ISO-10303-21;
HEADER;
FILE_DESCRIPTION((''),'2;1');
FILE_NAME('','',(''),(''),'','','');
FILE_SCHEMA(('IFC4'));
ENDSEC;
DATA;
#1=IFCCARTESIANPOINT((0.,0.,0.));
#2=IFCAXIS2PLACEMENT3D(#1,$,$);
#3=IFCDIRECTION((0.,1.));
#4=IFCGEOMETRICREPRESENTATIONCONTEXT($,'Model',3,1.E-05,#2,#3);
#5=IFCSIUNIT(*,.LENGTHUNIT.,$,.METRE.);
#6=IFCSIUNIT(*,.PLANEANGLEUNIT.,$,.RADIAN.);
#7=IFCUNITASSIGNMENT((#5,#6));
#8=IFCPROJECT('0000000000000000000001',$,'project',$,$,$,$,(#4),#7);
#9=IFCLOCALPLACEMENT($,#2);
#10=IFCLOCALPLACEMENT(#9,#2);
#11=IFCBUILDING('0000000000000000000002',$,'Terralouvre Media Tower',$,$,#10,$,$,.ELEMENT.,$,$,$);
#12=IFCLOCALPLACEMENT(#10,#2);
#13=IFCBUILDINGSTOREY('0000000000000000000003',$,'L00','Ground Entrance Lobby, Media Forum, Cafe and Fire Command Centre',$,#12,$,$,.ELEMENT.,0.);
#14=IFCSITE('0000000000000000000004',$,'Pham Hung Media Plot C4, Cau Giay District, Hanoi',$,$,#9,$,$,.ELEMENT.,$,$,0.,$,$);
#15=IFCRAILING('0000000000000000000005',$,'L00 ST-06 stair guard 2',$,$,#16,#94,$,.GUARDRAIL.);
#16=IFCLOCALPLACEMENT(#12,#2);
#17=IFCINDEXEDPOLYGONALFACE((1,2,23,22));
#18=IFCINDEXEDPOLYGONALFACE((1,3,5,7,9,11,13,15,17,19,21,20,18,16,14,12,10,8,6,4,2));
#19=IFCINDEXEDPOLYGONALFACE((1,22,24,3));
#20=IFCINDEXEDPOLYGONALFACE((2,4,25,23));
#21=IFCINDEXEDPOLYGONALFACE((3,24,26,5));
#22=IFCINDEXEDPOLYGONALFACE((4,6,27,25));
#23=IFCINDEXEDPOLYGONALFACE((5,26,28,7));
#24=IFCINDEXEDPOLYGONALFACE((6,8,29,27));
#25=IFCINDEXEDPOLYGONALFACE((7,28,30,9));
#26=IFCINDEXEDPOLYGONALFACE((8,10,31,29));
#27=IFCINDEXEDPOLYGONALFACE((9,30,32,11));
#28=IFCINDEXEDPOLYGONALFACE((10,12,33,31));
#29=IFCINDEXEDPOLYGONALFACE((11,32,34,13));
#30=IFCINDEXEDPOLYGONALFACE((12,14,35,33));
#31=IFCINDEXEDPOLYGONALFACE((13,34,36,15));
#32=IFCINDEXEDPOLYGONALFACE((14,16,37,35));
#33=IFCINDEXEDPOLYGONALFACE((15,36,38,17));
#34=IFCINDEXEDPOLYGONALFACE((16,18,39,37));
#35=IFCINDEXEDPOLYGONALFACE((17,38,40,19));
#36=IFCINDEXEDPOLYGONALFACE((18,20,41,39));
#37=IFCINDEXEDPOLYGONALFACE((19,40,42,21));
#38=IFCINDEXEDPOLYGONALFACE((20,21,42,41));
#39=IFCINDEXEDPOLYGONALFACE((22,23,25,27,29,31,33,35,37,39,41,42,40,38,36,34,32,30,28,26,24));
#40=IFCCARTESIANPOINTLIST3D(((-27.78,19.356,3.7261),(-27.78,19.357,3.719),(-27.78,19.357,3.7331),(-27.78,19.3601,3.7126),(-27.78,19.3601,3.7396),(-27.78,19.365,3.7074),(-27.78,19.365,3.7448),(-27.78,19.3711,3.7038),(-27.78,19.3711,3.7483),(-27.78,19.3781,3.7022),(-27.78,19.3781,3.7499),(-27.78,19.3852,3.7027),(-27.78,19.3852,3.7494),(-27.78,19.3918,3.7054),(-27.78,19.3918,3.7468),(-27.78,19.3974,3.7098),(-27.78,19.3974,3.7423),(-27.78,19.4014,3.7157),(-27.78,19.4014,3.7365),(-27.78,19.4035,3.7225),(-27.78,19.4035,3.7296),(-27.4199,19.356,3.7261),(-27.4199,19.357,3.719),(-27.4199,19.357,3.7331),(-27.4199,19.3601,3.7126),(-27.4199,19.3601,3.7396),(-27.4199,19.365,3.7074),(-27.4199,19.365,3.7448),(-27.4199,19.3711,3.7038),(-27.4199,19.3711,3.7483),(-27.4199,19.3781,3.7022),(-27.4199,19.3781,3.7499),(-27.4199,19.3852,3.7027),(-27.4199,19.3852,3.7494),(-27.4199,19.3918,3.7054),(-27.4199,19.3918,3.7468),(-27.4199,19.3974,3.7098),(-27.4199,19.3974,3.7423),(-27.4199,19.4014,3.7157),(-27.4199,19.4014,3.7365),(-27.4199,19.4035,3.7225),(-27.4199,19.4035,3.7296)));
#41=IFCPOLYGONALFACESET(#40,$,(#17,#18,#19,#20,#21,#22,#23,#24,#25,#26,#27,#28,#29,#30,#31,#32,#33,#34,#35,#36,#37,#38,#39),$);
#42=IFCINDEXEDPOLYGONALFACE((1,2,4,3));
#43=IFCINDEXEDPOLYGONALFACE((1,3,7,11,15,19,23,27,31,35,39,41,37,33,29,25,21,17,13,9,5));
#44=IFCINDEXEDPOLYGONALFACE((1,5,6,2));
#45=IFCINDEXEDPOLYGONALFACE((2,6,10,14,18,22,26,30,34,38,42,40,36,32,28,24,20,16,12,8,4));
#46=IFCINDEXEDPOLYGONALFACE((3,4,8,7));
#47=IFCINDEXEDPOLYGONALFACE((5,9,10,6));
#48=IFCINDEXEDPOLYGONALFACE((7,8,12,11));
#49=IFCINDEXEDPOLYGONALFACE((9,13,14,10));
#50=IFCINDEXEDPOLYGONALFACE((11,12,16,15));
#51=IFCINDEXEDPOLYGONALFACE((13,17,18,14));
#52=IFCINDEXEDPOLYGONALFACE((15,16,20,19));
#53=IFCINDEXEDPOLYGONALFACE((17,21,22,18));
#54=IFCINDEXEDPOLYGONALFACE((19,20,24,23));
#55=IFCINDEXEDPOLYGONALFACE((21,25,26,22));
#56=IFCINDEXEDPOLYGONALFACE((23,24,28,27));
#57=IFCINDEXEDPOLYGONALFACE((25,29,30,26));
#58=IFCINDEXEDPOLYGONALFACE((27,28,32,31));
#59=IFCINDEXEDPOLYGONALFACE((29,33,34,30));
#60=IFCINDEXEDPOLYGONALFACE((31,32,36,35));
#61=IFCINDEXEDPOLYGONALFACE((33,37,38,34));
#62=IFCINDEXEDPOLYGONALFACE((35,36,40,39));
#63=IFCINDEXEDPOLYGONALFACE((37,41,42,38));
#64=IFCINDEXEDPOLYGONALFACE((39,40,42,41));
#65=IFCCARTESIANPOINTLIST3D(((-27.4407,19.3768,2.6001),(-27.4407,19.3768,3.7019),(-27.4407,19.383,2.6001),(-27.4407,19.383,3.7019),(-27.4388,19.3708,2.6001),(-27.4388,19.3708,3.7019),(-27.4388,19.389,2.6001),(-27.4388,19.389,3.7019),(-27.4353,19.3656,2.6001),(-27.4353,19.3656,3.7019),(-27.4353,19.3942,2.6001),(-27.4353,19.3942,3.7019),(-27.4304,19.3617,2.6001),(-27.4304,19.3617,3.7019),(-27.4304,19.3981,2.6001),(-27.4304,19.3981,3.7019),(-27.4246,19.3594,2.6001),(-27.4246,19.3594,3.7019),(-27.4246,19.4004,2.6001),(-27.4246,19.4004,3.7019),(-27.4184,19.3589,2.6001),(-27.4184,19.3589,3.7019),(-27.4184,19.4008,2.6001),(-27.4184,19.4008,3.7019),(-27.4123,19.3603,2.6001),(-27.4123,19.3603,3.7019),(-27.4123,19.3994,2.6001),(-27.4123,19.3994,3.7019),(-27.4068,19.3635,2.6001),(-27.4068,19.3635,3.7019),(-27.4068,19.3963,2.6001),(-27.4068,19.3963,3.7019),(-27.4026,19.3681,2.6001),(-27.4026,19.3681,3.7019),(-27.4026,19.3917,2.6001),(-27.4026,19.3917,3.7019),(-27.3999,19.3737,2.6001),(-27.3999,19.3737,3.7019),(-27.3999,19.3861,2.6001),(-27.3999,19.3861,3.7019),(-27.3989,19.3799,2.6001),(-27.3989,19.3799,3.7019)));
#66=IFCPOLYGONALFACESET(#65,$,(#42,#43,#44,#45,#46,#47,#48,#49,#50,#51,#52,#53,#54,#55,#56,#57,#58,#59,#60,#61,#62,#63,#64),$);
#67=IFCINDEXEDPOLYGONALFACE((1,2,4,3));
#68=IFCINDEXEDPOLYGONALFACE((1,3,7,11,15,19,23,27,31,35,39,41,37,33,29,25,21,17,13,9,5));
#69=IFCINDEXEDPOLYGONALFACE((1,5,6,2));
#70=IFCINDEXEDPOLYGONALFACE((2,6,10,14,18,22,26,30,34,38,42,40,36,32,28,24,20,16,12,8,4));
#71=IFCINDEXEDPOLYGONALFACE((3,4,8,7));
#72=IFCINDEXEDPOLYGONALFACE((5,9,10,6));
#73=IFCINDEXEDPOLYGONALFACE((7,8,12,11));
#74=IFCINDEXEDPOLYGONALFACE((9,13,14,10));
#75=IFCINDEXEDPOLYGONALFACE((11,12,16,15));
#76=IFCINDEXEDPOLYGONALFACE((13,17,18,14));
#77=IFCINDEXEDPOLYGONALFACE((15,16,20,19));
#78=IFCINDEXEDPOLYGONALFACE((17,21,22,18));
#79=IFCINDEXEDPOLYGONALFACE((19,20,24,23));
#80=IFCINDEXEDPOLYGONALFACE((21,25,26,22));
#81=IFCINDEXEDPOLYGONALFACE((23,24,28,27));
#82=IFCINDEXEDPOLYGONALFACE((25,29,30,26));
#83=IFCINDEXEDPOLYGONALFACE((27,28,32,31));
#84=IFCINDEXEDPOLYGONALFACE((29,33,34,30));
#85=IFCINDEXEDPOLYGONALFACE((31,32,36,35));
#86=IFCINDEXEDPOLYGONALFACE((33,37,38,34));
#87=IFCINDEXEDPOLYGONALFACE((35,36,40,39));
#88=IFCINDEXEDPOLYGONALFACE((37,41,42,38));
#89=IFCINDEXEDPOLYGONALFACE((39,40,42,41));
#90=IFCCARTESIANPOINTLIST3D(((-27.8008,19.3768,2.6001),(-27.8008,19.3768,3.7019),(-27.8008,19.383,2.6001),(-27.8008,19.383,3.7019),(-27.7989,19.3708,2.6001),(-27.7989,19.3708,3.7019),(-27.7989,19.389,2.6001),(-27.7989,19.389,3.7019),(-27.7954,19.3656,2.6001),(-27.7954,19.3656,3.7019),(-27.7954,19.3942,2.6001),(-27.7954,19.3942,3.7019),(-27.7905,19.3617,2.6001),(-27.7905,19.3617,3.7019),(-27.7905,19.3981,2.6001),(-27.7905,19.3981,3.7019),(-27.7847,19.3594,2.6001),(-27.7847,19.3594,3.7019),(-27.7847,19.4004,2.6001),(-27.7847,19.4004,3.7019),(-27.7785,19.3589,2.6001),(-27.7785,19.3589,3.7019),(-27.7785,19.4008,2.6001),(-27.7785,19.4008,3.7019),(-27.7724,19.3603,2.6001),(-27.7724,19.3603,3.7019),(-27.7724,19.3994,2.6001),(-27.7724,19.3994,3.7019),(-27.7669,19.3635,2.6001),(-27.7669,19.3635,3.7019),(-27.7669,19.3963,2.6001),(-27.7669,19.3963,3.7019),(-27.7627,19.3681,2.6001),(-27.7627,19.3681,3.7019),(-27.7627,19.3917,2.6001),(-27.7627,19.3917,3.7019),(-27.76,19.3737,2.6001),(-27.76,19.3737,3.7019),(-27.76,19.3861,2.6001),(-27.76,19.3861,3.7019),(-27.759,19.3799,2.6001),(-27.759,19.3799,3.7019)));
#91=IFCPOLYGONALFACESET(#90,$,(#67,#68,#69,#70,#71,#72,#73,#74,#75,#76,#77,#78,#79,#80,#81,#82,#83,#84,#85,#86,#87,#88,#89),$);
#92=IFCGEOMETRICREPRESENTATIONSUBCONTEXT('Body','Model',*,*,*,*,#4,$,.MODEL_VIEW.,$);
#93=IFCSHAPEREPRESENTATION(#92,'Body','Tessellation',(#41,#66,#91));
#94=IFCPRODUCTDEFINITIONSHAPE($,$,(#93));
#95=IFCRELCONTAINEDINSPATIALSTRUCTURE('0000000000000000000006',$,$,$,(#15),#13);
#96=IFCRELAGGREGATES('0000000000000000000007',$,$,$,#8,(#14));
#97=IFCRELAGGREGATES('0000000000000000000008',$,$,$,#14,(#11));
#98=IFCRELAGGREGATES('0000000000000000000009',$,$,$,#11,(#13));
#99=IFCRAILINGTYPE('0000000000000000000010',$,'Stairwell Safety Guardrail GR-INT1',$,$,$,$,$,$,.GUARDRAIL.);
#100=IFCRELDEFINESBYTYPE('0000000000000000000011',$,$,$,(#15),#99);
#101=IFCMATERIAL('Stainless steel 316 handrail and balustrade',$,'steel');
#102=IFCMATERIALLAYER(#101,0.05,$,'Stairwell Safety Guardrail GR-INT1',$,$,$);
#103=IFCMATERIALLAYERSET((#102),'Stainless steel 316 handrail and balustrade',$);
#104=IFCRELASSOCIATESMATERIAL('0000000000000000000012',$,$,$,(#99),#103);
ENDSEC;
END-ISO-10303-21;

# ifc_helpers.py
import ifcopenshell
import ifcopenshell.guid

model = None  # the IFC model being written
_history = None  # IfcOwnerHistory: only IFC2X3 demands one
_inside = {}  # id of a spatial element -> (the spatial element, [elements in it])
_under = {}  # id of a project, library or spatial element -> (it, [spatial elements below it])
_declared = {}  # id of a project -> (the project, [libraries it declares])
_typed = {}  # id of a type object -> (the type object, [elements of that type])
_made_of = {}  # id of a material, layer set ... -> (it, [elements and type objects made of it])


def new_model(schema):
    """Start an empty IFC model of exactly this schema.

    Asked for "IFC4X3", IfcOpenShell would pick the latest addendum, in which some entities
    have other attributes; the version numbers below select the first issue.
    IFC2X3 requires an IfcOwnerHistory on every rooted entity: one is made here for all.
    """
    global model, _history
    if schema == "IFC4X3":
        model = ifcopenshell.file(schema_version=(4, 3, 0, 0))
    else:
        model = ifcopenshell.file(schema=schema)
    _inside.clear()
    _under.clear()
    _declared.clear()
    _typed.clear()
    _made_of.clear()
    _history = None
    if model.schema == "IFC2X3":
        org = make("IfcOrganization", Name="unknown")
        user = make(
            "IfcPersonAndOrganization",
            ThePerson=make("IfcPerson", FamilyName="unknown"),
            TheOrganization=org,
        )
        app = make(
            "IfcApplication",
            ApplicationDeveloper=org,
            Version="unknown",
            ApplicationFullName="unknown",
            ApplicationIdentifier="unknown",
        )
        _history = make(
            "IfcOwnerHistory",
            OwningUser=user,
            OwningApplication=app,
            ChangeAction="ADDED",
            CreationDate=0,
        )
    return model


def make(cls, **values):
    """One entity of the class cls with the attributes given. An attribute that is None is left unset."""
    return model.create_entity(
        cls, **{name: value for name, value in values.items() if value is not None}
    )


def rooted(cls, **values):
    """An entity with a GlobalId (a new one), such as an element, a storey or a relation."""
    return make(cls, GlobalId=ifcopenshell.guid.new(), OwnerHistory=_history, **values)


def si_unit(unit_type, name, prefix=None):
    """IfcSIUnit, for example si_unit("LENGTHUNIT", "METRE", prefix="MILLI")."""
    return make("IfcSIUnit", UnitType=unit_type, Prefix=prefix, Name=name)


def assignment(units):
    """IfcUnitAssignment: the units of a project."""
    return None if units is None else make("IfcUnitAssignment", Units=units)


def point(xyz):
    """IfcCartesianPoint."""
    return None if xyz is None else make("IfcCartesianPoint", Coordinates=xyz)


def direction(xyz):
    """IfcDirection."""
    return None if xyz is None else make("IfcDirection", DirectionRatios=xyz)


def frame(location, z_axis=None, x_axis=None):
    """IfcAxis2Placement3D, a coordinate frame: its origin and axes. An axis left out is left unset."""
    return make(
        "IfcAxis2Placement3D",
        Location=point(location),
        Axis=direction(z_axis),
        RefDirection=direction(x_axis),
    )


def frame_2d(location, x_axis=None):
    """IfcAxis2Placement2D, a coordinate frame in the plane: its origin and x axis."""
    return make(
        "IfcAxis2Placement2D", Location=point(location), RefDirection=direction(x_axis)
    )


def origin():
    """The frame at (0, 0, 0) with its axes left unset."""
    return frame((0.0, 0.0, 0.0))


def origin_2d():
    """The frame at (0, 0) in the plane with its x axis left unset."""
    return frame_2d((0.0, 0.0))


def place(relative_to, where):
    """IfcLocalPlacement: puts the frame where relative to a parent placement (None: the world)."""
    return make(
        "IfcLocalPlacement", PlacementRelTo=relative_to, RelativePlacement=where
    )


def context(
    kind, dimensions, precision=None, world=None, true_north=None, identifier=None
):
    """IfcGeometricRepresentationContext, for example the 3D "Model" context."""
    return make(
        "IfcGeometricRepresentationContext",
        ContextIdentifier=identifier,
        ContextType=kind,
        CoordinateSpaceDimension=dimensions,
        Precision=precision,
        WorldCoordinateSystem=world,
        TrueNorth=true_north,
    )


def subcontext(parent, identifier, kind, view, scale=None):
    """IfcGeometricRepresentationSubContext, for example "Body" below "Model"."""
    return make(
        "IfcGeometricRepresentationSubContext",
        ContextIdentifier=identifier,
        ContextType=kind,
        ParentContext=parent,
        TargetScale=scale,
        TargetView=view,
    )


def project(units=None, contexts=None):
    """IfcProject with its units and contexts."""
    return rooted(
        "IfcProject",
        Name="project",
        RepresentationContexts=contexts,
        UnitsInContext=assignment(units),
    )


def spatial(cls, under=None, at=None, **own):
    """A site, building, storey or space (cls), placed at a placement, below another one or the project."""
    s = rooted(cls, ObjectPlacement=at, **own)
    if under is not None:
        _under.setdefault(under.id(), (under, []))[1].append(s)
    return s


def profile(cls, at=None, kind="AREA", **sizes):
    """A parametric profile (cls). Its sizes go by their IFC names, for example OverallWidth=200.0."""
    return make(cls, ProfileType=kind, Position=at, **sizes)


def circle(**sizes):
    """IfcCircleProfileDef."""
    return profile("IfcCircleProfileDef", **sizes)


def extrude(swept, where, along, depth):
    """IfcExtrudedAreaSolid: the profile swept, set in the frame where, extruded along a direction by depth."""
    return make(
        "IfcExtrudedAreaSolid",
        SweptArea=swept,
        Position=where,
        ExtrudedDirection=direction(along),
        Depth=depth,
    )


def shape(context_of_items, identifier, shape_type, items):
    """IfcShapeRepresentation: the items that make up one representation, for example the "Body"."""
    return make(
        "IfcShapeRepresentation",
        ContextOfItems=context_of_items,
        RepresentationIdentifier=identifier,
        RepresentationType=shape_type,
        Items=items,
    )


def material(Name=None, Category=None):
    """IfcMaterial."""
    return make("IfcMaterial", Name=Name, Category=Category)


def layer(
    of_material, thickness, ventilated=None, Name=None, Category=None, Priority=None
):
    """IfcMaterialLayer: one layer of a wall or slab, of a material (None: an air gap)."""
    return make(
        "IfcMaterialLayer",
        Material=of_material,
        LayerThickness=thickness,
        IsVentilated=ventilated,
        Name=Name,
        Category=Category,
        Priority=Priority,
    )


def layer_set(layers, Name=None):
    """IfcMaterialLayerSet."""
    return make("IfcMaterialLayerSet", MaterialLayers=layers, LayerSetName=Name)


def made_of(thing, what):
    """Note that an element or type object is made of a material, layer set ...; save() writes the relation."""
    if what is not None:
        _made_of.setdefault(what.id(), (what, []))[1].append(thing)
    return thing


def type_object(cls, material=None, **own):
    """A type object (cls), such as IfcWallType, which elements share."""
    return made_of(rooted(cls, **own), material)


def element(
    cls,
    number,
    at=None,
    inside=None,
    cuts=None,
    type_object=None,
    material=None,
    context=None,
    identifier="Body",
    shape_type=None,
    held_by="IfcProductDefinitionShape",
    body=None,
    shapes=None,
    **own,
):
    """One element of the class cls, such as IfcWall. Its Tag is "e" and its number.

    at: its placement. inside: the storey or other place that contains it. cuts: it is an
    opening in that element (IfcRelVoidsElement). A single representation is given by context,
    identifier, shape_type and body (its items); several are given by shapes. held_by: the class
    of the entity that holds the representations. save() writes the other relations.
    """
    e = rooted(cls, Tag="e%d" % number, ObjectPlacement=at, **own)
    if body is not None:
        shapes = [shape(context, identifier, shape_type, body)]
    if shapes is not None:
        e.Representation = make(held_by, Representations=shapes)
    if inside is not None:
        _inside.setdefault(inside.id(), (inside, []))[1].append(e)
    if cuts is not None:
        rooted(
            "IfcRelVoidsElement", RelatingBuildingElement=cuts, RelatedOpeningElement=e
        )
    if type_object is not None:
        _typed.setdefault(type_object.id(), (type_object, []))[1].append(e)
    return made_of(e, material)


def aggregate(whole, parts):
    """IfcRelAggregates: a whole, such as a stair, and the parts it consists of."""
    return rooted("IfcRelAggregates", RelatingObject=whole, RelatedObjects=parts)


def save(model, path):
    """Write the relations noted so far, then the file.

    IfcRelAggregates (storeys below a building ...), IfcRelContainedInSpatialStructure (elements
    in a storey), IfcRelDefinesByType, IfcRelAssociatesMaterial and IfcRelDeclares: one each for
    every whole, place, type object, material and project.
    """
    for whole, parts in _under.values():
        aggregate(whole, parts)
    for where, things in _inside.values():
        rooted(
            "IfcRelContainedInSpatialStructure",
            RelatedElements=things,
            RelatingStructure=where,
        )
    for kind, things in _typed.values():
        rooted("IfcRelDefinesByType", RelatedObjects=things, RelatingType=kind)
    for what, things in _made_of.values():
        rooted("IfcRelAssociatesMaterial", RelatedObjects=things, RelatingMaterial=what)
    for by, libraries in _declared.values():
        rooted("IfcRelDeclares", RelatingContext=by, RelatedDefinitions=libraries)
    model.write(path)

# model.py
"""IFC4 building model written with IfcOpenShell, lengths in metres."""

from ifc_helpers import new_model, si_unit, direction, frame, origin, origin_2d, place, context, subcontext, project, spatial, circle, extrude, material, layer, layer_set, type_object, element, save


model = new_model("IFC4")

# Units and contexts
model_context = context("Model", 3, precision=1e-05, world=origin(), true_north=direction((0.0, 1.0)))
body_context = subcontext(model_context, "Body", "Model", "MODEL_VIEW")
ifc_project = project(units=[si_unit("LENGTHUNIT", "METRE"), si_unit("PLANEANGLEUNIT", "RADIAN")], contexts=[model_context])

# Site, building, storey
site_placement = place(None, origin())
site = spatial("IfcSite", under=ifc_project, at=site_placement, Name="Pham Hung Media Plot C4, Cau Giay District, Hanoi", CompositionType="ELEMENT", RefElevation=0.0)
building_placement = place(site_placement, origin())
building = spatial("IfcBuilding", under=site, at=building_placement, Name="Terralouvre Media Tower", CompositionType="ELEMENT")
storey_placement = place(building_placement, origin())
storey = spatial("IfcBuildingStorey", under=building, at=storey_placement, Name="L00", Description="Ground Entrance Lobby, Media Forum, Cafe and Fire Command Centre", CompositionType="ELEMENT", Elevation=0.0)

# Railing
ifc_material_1 = material(Name="Stainless steel 316 handrail and balustrade", Category="steel")
ifc_layer_1 = layer(ifc_material_1, 0.05, Name="Stairwell Safety Guardrail GR-INT1")
ifc_layer_set_1 = layer_set([ifc_layer_1], Name="Stainless steel 316 handrail and balustrade")
railing_type_1 = type_object("IfcRailingType", Name="Stairwell Safety Guardrail GR-INT1", PredefinedType="GUARDRAIL", material=ifc_layer_set_1)
railing_1_placement = place(storey_placement, frame((-27.4199, 19.3799, 2.6001)))
element("IfcRailing", 1, at=railing_1_placement, inside=storey, type_object=railing_type_1, Name="L00 ST-06 stair guard 2", PredefinedType="GUARDRAIL", context=body_context, shape_type="SweptSolid", body=[
    extrude(circle(Radius=0.0239, at=origin_2d()), frame((0.0, 0.0, 1.126), z_axis=(-1.0, 0.0, 0.0), x_axis=(0.0, -1.0, 0.0)), (0.0, 0.0, 1.0), 0.3601),
    extrude(circle(Radius=0.021, at=origin_2d()), origin(), (0.0, 0.0, 1.0), 1.1018),
    extrude(circle(Radius=0.021, at=origin_2d()), frame((-0.3601, 0.0, 0.0)), (0.0, 0.0, 1.0), 1.1018),
])

save(model, "model.ifc")
